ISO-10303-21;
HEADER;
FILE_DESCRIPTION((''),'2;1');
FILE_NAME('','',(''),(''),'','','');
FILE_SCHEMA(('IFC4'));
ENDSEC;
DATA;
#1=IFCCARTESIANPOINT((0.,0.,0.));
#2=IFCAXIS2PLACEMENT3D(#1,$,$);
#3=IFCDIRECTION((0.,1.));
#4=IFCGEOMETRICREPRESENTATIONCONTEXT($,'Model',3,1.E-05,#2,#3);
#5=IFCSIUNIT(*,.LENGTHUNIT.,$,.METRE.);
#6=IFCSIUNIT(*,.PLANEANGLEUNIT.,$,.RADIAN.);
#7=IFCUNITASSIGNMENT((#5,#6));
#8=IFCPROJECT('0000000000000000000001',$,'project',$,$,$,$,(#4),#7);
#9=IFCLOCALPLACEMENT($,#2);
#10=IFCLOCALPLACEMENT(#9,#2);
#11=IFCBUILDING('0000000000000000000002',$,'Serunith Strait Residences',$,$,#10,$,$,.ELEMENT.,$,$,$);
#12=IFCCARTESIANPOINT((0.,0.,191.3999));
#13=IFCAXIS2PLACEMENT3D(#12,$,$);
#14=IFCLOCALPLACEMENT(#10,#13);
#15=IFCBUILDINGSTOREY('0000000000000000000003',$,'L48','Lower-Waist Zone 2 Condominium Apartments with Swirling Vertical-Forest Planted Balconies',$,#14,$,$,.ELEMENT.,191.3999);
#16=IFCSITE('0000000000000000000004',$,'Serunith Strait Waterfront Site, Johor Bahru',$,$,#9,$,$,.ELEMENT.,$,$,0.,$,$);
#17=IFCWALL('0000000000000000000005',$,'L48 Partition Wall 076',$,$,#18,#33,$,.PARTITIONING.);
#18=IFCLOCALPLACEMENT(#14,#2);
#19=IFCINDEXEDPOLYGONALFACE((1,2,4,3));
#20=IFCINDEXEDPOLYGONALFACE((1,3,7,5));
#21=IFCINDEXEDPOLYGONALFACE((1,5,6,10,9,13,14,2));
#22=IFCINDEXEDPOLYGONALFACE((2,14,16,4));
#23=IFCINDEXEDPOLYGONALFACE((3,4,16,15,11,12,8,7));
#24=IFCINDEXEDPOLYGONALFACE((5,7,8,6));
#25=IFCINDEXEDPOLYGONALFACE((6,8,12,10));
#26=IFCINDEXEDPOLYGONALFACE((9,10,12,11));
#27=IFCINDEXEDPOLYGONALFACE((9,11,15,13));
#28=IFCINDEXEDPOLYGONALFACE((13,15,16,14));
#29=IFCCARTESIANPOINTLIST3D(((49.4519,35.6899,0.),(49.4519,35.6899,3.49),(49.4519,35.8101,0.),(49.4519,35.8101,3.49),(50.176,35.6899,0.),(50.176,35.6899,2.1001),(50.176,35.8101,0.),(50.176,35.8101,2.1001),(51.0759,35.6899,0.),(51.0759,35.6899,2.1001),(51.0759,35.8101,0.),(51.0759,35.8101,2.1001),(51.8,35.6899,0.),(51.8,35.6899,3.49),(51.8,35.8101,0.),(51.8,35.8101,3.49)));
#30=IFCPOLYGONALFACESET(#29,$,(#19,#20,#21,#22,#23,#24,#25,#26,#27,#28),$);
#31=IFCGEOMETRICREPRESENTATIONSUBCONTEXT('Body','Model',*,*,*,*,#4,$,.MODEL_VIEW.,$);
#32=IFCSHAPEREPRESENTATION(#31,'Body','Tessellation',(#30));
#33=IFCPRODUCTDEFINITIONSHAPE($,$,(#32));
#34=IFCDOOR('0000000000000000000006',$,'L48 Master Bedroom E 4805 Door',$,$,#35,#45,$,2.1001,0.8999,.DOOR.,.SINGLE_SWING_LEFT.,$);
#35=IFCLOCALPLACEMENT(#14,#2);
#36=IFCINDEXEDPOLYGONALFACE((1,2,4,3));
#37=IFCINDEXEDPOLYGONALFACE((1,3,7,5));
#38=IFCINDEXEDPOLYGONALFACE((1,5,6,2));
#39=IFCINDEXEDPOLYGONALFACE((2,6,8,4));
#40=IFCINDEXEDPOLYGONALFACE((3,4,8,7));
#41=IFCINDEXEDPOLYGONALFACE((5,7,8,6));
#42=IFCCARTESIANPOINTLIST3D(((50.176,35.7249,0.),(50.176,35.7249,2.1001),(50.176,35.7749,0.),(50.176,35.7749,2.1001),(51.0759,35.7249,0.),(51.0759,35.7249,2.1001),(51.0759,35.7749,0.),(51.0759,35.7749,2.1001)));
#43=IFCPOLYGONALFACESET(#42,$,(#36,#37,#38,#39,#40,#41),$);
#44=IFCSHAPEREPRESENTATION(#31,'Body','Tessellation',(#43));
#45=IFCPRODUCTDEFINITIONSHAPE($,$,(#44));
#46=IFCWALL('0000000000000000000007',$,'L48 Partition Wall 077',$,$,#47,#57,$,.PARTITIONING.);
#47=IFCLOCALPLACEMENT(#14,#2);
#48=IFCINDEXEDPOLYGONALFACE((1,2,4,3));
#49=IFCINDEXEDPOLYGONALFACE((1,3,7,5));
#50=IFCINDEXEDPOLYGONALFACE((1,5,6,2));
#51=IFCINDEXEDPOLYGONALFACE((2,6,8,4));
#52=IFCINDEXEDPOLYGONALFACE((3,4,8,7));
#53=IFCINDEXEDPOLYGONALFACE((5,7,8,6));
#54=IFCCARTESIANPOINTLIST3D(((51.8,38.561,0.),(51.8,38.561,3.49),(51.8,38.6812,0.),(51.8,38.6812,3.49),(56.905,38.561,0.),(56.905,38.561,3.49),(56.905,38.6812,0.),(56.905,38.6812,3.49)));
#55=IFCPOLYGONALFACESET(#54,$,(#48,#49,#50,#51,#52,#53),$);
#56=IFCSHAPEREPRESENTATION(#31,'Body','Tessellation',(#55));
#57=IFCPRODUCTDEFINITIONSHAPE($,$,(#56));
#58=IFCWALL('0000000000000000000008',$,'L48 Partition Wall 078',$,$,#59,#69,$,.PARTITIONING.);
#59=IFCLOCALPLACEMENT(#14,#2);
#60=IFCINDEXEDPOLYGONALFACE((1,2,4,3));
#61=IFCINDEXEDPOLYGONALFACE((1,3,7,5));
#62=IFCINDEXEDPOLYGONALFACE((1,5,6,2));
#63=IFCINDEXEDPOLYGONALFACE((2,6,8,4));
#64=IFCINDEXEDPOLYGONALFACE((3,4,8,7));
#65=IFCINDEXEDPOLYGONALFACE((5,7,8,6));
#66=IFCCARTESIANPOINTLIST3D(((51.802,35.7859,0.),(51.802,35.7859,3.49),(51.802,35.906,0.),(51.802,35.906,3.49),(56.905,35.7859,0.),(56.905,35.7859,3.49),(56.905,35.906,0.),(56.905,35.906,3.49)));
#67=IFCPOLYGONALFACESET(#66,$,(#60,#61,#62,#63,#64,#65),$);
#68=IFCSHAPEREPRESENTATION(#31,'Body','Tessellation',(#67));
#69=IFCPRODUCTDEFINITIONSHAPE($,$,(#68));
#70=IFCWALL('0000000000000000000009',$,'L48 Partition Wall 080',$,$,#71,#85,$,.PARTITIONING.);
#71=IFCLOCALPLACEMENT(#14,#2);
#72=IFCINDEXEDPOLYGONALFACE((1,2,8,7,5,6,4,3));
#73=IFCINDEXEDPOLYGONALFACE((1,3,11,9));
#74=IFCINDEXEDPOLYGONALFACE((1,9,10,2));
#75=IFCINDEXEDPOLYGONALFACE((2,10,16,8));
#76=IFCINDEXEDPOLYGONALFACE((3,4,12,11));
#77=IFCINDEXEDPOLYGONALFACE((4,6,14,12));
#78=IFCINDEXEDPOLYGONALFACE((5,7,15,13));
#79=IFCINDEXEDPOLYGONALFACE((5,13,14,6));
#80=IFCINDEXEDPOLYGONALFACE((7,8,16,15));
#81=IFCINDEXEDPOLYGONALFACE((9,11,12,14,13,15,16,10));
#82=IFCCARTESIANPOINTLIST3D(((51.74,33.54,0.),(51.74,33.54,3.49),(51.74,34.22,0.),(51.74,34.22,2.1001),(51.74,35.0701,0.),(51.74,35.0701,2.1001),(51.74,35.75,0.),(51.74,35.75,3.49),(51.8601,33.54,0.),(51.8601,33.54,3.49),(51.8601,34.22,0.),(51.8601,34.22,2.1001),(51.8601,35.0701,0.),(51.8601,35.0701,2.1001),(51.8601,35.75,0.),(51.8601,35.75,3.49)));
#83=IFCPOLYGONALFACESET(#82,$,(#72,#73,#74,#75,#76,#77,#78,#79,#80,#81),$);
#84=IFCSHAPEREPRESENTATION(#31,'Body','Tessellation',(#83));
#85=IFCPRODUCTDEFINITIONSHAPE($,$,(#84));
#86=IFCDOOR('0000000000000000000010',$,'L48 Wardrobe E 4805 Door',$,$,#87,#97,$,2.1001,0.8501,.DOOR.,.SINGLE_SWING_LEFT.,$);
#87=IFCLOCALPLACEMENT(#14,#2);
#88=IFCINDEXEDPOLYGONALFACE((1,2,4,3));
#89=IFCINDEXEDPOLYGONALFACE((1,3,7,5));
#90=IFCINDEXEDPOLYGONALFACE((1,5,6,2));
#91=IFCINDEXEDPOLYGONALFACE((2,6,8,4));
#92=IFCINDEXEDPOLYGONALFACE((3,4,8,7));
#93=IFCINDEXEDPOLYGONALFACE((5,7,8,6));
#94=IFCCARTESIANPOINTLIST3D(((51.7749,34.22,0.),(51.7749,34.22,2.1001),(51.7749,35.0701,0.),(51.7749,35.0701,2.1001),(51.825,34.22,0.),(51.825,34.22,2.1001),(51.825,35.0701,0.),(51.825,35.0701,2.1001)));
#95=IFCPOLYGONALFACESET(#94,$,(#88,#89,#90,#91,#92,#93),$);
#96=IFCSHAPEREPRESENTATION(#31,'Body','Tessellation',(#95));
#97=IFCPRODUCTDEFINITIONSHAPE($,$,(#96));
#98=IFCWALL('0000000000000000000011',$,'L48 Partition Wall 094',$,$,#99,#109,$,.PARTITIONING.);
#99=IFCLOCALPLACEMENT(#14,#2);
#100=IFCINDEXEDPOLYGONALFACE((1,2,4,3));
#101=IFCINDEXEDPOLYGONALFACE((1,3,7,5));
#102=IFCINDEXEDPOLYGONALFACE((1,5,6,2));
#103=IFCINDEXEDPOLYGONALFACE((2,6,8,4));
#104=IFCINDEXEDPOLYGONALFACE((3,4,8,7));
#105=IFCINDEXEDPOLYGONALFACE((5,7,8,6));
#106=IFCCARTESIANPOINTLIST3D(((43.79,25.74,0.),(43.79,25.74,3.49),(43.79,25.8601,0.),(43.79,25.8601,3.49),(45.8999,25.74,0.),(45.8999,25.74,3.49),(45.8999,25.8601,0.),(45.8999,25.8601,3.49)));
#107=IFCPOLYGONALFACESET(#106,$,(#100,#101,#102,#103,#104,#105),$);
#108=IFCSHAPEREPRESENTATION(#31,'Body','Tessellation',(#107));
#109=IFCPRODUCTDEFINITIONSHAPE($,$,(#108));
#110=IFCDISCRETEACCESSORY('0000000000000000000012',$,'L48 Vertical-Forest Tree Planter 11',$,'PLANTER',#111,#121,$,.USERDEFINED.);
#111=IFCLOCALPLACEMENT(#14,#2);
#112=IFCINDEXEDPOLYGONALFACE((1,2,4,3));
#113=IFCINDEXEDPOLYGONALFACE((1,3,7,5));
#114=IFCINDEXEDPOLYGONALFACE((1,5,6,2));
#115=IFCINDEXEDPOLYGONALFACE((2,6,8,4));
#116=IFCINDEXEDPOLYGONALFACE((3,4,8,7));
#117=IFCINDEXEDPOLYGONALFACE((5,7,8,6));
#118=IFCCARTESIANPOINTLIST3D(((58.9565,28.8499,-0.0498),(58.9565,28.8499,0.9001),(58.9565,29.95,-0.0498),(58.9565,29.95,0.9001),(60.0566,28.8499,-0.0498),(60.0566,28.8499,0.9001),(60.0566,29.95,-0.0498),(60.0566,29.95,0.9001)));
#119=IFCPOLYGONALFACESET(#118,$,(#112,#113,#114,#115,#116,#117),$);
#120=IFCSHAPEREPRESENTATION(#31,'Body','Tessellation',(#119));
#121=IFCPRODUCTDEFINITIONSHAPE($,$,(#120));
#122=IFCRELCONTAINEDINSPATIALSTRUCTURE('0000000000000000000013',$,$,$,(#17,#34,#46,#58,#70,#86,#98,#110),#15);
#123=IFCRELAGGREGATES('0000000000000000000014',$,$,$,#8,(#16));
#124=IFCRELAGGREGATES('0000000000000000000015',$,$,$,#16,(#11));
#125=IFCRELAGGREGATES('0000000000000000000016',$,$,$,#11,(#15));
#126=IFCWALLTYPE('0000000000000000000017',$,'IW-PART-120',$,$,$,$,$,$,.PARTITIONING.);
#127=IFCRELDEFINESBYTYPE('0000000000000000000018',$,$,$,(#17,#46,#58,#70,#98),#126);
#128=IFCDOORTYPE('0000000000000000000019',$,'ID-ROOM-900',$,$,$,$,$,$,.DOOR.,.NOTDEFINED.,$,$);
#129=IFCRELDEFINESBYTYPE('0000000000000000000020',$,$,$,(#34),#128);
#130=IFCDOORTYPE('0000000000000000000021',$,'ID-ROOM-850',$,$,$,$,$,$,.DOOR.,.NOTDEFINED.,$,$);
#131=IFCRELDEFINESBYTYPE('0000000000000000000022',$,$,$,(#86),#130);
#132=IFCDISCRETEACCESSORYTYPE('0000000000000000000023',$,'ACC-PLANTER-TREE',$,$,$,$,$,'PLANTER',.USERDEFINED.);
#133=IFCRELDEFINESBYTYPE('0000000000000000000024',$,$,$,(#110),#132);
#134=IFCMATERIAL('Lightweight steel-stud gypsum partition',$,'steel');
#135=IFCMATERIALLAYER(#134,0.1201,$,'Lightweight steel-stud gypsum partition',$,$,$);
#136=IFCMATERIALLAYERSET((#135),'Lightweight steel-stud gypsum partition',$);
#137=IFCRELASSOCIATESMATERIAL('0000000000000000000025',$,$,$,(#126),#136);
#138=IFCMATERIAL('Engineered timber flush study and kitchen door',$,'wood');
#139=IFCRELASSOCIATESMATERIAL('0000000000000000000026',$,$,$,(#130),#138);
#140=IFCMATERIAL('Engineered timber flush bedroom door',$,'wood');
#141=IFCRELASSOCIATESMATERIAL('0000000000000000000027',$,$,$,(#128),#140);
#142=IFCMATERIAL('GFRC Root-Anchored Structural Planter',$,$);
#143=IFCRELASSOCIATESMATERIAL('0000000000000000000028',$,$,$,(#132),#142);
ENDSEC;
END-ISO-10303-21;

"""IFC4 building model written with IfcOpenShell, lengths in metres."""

from ifc_helpers import new_model, si_unit, direction, frame, frame_2d, origin, origin_2d, place, context, subcontext, project, spatial, rectangle, extrude, source, transform, mapped, material, layer, layer_set, type_object, element, fill, save


model = new_model("IFC4")

# Units and contexts
model_context = context("Model", 3, precision=1e-05, world=origin(), true_north=direction((0.0, 1.0)))
body_context = subcontext(model_context, "Body", "Model", "MODEL_VIEW")
ifc_project = project(units=[si_unit("LENGTHUNIT", "METRE"), si_unit("PLANEANGLEUNIT", "RADIAN")], contexts=[model_context])

# Site, building, storey
site_placement = place(None, origin())
site = spatial("IfcSite", under=ifc_project, at=site_placement, Name="Serunith Strait Waterfront Site, Johor Bahru", CompositionType="ELEMENT", RefElevation=0.0)
building_placement = place(site_placement, origin())
building = spatial("IfcBuilding", under=site, at=building_placement, Name="Serunith Strait Residences", CompositionType="ELEMENT")
storey_placement = place(building_placement, frame((0.0, 0.0, 191.3999)))
storey = spatial("IfcBuildingStorey", under=building, at=storey_placement, Name="L48", Description="Lower-Waist Zone 2 Condominium Apartments with Swirling Vertical-Forest Planted Balconies", CompositionType="ELEMENT", Elevation=191.3999)

# Wall, opening, door
ifc_material_1 = material(Name="Lightweight steel-stud gypsum partition", Category="steel")
ifc_layer_1 = layer(ifc_material_1, 0.1201, Name="Lightweight steel-stud gypsum partition")
ifc_layer_set_1 = layer_set([ifc_layer_1], Name="Lightweight steel-stud gypsum partition")
wall_type_1 = type_object("IfcWallType", Name="IW-PART-120", PredefinedType="PARTITIONING", material=ifc_layer_set_1)
ifc_material_2 = material(Name="Engineered timber flush study and kitchen door", Category="wood")
door_type_1 = type_object("IfcDoorType", Name="ID-ROOM-850", OperationType="NOTDEFINED", PredefinedType="DOOR", material=ifc_material_2)
shared_shape_1 = source(origin(), body_context, "Body", "SweptSolid", [
    extrude(rectangle(XDim=0.8501, YDim=2.1001, at=frame_2d((0.425, 1.05))), frame((0.0, 0.0249, 0.0), z_axis=(0.0, -1.0, 0.0), x_axis=(1.0, 0.0, 0.0)), (0.0, 0.0, 1.0), 0.05),
])
wall_1_placement = place(storey_placement, frame((49.4519, 35.75, 0.0), z_axis=(0.0, 0.0, 1.0), x_axis=(1.0, 0.0, 0.0)))
wall_1 = element("IfcWall", 1, at=wall_1_placement, inside=storey, type_object=wall_type_1, Name="L48 Partition Wall 076", PredefinedType="PARTITIONING", context=body_context, shape_type="SweptSolid", body=[
    extrude(rectangle(XDim=2.3481, YDim=0.1201, at=frame_2d((1.1741, 0.0))), origin(), (0.0, 0.0, 1.0), 3.49),
])
opening_1_placement = place(wall_1_placement, frame((0.7241, 0.0, 0.0)))
opening_1 = element("IfcOpeningElement", 2, at=opening_1_placement, cuts=wall_1, PredefinedType="OPENING", context=body_context, shape_type="SweptSolid", body=[
    extrude(rectangle(XDim=0.8999, YDim=2.1001, at=frame_2d((0.45, 1.05))), frame((0.0, 0.0701, 0.0), z_axis=(0.0, -1.0, 0.0), x_axis=(1.0, 0.0, 0.0)), (0.0, 0.0, 1.0), 0.1401),
])
ifc_material_3 = material(Name="Engineered timber flush bedroom door", Category="wood")
door_type_2 = type_object("IfcDoorType", Name="ID-ROOM-900", OperationType="NOTDEFINED", PredefinedType="DOOR", material=ifc_material_3)
shared_shape_2 = source(origin(), body_context, "Body", "SweptSolid", [
    extrude(rectangle(XDim=0.8999, YDim=2.1001, at=frame_2d((0.45, 1.05))), frame((0.0, 0.0249, 0.0), z_axis=(0.0, -1.0, 0.0), x_axis=(1.0, 0.0, 0.0)), (0.0, 0.0, 1.0), 0.05),
])
door_1_placement = place(opening_1_placement, origin())
door_1 = element("IfcDoor", 3, at=door_1_placement, inside=storey, type_object=door_type_2, Name="L48 Master Bedroom E 4805 Door", OperationType="SINGLE_SWING_LEFT", OverallHeight=2.1001, OverallWidth=0.8999, PredefinedType="DOOR", context=body_context, shape_type="MappedRepresentation", body=[
    mapped(shared_shape_2, transform((0.0, 0.0, 0.0), scale=1.0)),
])
fill(opening_1, door_1)

# Walls
wall_2_placement = place(storey_placement, frame((51.8, 38.6211, 0.0), z_axis=(0.0, 0.0, 1.0), x_axis=(1.0, 0.0, 0.0)))
element("IfcWall", 4, at=wall_2_placement, inside=storey, type_object=wall_type_1, Name="L48 Partition Wall 077", PredefinedType="PARTITIONING", context=body_context, shape_type="SweptSolid", body=[
    extrude(rectangle(XDim=5.105, YDim=0.1201, at=frame_2d((2.5525, 0.0))), origin(), (0.0, 0.0, 1.0), 3.49),
])
wall_3_placement = place(storey_placement, frame((51.802, 35.8459, 0.0), z_axis=(0.0, 0.0, 1.0), x_axis=(1.0, 0.0, 0.0)))
element("IfcWall", 5, at=wall_3_placement, inside=storey, type_object=wall_type_1, Name="L48 Partition Wall 078", PredefinedType="PARTITIONING", context=body_context, shape_type="SweptSolid", body=[
    extrude(rectangle(XDim=5.103, YDim=0.1201, at=frame_2d((2.5515, 0.0))), origin(), (0.0, 0.0, 1.0), 3.49),
])

# Wall, opening, door
wall_4_placement = place(storey_placement, frame((51.8, 35.75, 0.0), z_axis=(0.0, 0.0, 1.0), x_axis=(0.0, -1.0, 0.0)))
wall_4 = element("IfcWall", 6, at=wall_4_placement, inside=storey, type_object=wall_type_1, Name="L48 Partition Wall 080", PredefinedType="PARTITIONING", context=body_context, shape_type="SweptSolid", body=[
    extrude(rectangle(XDim=2.21, YDim=0.1201, at=frame_2d((1.105, 0.0))), origin(), (0.0, 0.0, 1.0), 3.49),
])
opening_2_placement = place(wall_4_placement, frame((0.6799, 0.0, 0.0)))
opening_2 = element("IfcOpeningElement", 7, at=opening_2_placement, cuts=wall_4, PredefinedType="OPENING", context=body_context, shape_type="SweptSolid", body=[
    extrude(rectangle(XDim=0.8501, YDim=2.1001, at=frame_2d((0.425, 1.05))), frame((0.0, 0.0701, 0.0), z_axis=(0.0, -1.0, 0.0), x_axis=(1.0, 0.0, 0.0)), (0.0, 0.0, 1.0), 0.1401),
])
door_2_placement = place(opening_2_placement, origin())
door_2 = element("IfcDoor", 8, at=door_2_placement, inside=storey, type_object=door_type_1, Name="L48 Wardrobe E 4805 Door", OperationType="SINGLE_SWING_LEFT", OverallHeight=2.1001, OverallWidth=0.8501, PredefinedType="DOOR", context=body_context, shape_type="MappedRepresentation", body=[
    mapped(shared_shape_1, transform((0.0, 0.0, 0.0), scale=1.0)),
])
fill(opening_2, door_2)

# Wall
wall_5_placement = place(storey_placement, frame((45.8999, 25.8, 0.0), z_axis=(0.0, 0.0, 1.0), x_axis=(-1.0, 0.0, 0.0)))
element("IfcWall", 9, at=wall_5_placement, inside=storey, type_object=wall_type_1, Name="L48 Partition Wall 094", PredefinedType="PARTITIONING", context=body_context, shape_type="SweptSolid", body=[
    extrude(rectangle(XDim=2.1099, YDim=0.1201, at=frame_2d((1.0549, 0.0))), origin(), (0.0, 0.0, 1.0), 3.49),
])

# Discrete accessory
ifc_material_4 = material(Name="GFRC Root-Anchored Structural Planter")
discrete_accessory_type = type_object("IfcDiscreteAccessoryType", Name="ACC-PLANTER-TREE", ElementType="PLANTER", PredefinedType="USERDEFINED", material=ifc_material_4)
shared_shape_3 = source(origin(), body_context, "Body", "SweptSolid", [
    extrude(rectangle(XDim=1.1001, YDim=1.1001, at=origin_2d()), origin(), (0.0, 0.0, 1.0), 0.95),
])
discrete_accessory_placement = place(storey_placement, frame((59.5066, 29.3999, -0.0498), z_axis=(0.0, 0.0, 1.0), x_axis=(0.0, 1.0, 0.0)))
element("IfcDiscreteAccessory", 10, at=discrete_accessory_placement, inside=storey, type_object=discrete_accessory_type, Name="L48 Vertical-Forest Tree Planter 11", ObjectType="PLANTER", PredefinedType="USERDEFINED", context=body_context, shape_type="MappedRepresentation", body=[
    mapped(shared_shape_3, transform((0.0, 0.0, 0.0), scale=1.0)),
])

save(model, "model.ifc")
